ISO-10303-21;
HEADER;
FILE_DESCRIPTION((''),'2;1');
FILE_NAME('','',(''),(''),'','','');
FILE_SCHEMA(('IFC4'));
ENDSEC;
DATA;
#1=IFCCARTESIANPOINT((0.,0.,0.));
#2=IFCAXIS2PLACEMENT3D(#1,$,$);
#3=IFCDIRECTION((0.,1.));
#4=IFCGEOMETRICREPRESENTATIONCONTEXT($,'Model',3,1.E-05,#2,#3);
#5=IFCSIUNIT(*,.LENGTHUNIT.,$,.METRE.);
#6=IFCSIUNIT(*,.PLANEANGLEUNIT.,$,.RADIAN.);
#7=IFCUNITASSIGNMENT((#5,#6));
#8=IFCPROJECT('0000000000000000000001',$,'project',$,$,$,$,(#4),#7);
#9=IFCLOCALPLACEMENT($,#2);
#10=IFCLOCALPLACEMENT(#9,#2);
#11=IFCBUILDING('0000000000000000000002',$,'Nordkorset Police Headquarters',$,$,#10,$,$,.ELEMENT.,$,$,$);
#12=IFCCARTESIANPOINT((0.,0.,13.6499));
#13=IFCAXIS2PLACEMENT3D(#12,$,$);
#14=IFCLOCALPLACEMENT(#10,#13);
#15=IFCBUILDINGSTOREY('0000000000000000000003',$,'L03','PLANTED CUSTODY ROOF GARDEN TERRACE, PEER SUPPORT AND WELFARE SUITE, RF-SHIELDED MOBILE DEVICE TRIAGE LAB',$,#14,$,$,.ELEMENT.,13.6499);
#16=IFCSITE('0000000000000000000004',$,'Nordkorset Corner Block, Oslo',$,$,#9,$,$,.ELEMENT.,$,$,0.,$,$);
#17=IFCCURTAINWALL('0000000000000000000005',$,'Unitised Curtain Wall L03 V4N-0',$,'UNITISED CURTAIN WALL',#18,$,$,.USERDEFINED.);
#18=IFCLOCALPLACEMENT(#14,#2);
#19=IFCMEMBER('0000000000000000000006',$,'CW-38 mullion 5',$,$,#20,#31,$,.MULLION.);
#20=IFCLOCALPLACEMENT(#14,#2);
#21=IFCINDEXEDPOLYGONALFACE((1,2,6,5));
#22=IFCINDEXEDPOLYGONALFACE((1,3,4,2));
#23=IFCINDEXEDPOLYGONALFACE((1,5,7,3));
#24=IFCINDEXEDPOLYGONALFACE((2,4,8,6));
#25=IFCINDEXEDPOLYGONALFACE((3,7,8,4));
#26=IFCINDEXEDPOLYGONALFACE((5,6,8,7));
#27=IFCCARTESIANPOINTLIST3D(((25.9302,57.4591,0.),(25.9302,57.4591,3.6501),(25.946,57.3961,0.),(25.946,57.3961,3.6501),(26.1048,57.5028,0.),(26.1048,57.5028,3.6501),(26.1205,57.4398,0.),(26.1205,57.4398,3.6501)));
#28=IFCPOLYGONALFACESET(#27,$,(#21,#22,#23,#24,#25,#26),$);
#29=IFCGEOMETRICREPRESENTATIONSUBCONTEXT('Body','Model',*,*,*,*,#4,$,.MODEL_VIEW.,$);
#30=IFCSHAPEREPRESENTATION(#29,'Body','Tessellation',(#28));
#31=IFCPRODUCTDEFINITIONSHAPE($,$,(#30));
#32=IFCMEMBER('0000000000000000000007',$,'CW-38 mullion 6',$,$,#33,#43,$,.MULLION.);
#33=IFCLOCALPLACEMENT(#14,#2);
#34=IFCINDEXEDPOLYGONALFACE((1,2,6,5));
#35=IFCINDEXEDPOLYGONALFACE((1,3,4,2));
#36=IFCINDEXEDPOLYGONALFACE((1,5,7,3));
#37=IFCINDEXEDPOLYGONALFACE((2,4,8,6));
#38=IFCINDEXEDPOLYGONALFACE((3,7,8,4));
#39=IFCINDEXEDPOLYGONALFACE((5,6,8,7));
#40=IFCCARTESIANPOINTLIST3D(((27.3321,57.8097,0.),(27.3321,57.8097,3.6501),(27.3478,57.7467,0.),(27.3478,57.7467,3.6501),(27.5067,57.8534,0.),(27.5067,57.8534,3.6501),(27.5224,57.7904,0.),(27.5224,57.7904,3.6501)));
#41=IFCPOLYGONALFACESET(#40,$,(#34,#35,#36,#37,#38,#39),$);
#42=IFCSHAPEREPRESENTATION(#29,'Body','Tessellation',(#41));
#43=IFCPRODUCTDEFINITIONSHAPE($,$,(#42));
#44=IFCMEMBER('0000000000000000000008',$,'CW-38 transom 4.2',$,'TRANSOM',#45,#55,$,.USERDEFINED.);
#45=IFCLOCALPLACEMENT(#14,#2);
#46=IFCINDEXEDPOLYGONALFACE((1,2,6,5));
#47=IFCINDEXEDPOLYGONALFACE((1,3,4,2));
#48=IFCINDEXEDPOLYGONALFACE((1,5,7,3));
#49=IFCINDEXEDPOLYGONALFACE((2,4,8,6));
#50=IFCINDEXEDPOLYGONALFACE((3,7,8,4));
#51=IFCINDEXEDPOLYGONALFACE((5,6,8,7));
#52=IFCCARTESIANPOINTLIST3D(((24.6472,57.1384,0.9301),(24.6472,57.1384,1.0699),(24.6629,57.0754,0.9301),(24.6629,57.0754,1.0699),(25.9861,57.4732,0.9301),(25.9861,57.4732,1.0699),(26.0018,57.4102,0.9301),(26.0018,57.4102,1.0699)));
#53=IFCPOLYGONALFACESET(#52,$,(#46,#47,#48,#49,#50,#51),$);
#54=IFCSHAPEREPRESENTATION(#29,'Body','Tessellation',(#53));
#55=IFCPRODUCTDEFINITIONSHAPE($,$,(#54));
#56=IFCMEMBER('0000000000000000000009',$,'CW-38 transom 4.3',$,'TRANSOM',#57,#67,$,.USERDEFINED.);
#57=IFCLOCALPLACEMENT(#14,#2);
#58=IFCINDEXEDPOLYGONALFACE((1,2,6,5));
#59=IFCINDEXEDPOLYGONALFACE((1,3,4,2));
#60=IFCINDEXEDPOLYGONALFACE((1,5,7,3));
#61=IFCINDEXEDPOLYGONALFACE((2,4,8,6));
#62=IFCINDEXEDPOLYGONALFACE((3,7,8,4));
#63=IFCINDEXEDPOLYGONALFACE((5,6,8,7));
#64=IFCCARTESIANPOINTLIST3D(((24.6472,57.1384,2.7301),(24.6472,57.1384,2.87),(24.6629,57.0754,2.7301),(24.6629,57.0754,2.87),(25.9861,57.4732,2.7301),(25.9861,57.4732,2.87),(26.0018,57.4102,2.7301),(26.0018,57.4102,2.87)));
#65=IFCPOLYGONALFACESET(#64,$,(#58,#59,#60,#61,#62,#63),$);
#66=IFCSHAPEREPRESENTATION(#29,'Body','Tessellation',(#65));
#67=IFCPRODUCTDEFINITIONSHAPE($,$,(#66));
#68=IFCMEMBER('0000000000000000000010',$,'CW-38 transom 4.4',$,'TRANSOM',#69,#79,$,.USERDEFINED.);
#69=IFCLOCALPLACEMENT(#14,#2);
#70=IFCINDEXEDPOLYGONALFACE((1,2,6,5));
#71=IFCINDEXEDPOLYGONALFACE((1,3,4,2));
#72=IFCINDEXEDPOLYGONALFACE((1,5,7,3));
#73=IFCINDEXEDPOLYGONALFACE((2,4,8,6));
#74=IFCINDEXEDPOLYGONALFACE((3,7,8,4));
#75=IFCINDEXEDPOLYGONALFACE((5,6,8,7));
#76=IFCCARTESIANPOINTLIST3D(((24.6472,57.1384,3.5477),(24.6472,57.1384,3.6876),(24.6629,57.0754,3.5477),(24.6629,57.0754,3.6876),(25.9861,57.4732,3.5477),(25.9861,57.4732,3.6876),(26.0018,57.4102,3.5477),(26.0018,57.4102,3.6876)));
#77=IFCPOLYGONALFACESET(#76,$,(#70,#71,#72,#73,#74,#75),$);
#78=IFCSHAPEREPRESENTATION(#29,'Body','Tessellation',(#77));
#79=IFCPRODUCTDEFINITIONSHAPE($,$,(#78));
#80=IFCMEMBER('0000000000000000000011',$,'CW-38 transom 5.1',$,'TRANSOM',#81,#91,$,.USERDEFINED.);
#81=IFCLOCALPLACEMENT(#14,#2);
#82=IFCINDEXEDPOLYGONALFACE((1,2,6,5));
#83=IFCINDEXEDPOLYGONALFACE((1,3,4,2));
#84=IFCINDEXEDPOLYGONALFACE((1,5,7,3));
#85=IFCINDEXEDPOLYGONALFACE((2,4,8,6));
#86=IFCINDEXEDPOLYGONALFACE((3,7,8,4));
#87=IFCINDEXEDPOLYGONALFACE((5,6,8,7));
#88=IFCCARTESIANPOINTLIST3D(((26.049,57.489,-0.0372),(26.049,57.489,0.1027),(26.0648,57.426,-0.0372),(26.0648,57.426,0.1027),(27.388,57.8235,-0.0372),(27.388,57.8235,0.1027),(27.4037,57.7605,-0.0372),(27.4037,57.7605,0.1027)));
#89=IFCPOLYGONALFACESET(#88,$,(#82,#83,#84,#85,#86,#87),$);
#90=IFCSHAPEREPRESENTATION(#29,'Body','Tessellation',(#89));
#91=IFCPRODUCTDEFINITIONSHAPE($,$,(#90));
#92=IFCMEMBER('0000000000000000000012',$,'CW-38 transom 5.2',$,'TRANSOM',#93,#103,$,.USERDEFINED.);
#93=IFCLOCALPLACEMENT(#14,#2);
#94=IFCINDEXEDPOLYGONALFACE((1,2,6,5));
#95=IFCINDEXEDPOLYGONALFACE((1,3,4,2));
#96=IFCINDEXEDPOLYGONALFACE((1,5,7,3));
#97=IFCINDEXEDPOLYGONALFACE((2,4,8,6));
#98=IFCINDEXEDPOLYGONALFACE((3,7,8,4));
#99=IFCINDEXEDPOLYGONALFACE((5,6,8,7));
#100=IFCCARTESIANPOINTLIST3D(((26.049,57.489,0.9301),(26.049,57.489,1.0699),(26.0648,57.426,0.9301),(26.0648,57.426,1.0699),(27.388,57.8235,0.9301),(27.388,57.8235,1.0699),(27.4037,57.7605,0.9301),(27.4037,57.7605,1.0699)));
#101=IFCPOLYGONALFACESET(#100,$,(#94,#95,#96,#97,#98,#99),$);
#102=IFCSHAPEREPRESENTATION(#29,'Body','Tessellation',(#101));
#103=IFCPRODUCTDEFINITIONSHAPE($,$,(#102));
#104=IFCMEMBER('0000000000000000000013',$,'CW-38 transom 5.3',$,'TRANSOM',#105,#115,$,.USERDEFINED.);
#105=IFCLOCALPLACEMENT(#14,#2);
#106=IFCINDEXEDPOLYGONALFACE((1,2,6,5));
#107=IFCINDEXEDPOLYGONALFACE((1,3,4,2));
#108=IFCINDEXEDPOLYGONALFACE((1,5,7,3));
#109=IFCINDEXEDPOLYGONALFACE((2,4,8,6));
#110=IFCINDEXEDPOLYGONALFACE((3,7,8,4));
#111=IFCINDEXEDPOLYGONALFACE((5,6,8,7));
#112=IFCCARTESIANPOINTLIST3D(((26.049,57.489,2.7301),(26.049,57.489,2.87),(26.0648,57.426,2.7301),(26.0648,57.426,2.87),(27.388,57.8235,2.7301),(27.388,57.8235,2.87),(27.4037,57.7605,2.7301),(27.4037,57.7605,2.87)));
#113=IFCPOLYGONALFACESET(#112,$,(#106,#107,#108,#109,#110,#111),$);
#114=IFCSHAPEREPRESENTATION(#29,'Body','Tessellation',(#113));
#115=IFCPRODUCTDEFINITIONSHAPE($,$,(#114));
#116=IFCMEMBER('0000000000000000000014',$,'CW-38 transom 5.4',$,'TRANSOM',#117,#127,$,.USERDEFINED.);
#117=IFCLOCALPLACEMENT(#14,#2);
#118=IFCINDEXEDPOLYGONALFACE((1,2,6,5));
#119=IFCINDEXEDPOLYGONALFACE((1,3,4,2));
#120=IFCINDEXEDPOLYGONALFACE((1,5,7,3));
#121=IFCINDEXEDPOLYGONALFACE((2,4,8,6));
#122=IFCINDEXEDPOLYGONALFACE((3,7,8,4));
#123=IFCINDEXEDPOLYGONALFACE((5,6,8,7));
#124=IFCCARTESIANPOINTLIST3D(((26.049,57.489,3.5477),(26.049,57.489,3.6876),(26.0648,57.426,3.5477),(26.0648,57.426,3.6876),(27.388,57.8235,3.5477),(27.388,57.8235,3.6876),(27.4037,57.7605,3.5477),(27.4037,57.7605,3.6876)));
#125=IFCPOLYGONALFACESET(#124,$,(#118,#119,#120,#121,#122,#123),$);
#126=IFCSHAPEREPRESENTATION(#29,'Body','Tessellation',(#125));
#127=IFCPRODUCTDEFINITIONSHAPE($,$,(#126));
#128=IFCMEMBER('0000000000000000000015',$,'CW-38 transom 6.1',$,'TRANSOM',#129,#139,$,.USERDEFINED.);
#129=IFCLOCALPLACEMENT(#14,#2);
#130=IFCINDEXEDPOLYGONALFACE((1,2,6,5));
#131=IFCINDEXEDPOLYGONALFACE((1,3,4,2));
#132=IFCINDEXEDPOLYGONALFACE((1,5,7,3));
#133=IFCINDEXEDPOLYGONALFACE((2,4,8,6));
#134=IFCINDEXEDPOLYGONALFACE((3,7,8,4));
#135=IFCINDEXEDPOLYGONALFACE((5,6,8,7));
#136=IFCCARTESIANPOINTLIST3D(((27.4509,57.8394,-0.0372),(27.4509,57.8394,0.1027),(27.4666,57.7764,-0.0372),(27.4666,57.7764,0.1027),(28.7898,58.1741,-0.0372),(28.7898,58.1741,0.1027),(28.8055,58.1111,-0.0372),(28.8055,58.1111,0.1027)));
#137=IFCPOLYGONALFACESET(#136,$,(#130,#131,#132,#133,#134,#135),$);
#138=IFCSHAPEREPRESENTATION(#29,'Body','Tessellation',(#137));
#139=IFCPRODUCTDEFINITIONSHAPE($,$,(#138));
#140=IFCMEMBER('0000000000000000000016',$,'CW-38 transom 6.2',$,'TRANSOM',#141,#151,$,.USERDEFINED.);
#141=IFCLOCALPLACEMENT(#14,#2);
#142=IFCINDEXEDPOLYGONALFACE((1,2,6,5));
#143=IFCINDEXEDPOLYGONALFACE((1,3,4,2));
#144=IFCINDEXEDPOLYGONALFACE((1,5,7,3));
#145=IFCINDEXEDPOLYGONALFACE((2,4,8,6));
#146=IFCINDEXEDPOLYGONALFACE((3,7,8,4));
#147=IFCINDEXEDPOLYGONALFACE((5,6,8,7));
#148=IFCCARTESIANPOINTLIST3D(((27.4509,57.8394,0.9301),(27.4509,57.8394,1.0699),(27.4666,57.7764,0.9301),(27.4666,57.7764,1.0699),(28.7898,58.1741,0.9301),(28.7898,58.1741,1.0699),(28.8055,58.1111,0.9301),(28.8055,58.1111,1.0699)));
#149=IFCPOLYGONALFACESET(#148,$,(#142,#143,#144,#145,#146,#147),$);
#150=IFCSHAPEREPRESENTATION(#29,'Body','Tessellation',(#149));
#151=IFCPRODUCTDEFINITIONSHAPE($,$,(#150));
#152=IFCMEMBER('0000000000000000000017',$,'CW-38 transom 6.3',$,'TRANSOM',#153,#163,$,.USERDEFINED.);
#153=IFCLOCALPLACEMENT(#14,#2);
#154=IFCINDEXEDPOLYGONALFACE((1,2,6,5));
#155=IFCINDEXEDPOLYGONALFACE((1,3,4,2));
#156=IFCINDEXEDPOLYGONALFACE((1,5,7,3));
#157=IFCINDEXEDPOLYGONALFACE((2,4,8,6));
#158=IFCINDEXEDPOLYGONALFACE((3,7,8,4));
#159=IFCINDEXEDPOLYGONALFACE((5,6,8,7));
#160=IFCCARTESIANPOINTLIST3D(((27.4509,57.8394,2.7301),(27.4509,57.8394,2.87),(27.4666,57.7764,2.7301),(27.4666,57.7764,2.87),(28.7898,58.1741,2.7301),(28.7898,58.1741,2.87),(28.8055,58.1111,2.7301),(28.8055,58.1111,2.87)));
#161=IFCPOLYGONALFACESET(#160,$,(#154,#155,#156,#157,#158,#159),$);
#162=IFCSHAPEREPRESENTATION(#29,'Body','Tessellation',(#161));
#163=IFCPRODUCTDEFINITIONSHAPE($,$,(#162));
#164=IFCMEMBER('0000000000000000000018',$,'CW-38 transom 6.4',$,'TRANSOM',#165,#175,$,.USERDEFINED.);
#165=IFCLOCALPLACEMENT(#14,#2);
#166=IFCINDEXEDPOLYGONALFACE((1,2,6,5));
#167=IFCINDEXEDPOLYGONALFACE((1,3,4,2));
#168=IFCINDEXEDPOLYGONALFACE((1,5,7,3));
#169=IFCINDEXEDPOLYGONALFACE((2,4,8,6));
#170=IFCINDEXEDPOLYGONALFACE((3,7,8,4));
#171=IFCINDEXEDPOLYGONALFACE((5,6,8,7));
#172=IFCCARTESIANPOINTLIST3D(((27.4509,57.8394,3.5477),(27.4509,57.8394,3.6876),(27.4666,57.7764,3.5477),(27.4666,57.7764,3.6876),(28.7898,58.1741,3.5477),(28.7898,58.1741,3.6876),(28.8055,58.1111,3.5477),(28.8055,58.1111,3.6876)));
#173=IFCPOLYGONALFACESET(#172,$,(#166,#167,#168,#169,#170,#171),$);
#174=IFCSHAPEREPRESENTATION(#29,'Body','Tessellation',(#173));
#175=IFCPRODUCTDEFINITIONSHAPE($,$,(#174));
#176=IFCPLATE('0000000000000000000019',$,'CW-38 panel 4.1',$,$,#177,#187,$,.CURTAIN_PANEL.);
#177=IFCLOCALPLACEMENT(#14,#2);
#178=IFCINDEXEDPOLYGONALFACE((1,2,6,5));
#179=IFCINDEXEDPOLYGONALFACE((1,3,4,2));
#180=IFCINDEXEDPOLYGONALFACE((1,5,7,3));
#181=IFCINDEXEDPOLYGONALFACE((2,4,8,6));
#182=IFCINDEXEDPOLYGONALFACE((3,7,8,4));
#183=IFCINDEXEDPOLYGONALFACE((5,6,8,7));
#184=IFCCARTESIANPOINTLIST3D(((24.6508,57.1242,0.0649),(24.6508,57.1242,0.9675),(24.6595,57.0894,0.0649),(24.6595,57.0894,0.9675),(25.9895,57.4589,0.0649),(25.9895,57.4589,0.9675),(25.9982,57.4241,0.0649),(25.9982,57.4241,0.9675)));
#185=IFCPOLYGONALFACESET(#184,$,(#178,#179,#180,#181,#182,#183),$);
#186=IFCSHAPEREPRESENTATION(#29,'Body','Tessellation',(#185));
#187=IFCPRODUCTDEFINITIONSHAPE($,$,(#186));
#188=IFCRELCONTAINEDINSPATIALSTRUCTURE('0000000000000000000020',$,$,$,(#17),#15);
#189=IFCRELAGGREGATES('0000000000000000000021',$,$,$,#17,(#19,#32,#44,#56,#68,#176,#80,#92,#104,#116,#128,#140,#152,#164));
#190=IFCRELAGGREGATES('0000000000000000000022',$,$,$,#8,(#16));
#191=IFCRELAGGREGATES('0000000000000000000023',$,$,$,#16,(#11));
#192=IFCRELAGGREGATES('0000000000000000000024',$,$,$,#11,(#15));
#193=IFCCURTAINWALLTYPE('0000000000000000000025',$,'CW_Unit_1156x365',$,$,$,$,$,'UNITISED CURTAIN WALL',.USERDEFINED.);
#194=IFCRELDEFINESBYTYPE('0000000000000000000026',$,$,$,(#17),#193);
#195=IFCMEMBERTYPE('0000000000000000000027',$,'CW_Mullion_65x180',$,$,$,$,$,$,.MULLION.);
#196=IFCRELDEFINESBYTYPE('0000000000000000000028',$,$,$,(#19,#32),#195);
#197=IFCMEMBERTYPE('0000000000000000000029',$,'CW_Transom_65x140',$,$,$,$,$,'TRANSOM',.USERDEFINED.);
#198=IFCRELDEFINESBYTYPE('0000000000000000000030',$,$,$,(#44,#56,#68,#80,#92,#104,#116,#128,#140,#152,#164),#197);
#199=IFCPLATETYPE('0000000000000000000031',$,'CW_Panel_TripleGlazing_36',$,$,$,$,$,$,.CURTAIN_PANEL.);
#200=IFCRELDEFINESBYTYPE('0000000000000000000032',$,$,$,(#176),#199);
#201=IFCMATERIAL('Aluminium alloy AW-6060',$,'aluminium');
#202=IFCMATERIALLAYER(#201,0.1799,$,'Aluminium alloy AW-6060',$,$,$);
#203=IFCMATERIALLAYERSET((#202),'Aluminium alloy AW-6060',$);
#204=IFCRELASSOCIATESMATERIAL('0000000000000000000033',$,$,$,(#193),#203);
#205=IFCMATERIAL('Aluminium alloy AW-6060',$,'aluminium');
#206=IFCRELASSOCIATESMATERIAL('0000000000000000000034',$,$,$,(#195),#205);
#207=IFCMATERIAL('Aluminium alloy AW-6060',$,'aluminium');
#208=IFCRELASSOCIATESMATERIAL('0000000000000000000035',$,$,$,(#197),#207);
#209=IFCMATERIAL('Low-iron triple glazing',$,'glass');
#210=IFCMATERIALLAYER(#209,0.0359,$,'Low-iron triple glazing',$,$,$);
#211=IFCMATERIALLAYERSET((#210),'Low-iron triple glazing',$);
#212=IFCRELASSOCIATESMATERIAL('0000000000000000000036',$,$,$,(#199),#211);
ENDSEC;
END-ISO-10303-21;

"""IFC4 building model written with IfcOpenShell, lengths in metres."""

from ifc_helpers import new_model, si_unit, direction, frame, origin, origin_2d, place, context, subcontext, project, spatial, rectangle, extrude, material, layer, layer_set, material_profile, profile_set, type_object, element, aggregate, save


model = new_model("IFC4")

# Units and contexts
model_context = context("Model", 3, precision=1e-05, world=origin(), true_north=direction((0.0, 1.0)))
body_context = subcontext(model_context, "Body", "Model", "MODEL_VIEW")
ifc_project = project(units=[si_unit("LENGTHUNIT", "METRE"), si_unit("PLANEANGLEUNIT", "RADIAN")], contexts=[model_context])

# Site, building, storey
site_placement = place(None, origin())
site = spatial("IfcSite", under=ifc_project, at=site_placement, Name="Nordkorset Corner Block, Oslo", CompositionType="ELEMENT", RefElevation=0.0)
building_placement = place(site_placement, origin())
building = spatial("IfcBuilding", under=site, at=building_placement, Name="Nordkorset Police Headquarters", CompositionType="ELEMENT")
storey_placement = place(building_placement, frame((0.0, 0.0, 13.6499)))
storey = spatial("IfcBuildingStorey", under=building, at=storey_placement, Name="L03", Description="PLANTED CUSTODY ROOF GARDEN TERRACE, PEER SUPPORT AND WELFARE SUITE, RF-SHIELDED MOBILE DEVICE TRIAGE LAB", CompositionType="ELEMENT", Elevation=13.6499)

# Curtain wall, members, plate
ifc_material_1 = material(Name="Aluminium alloy AW-6060", Category="aluminium")
ifc_layer_1 = layer(ifc_material_1, 0.1799, Name="Aluminium alloy AW-6060")
ifc_layer_set_1 = layer_set([ifc_layer_1], Name="Aluminium alloy AW-6060")
curtain_wall_type = type_object("IfcCurtainWallType", Name="CW_Unit_1156x365", ElementType="UNITISED CURTAIN WALL", PredefinedType="USERDEFINED", material=ifc_layer_set_1)
curtain_wall_placement = place(storey_placement, origin())
curtain_wall = element("IfcCurtainWall", 1, at=curtain_wall_placement, inside=storey, type_object=curtain_wall_type, Name="Unitised Curtain Wall L03 V4N-0", ObjectType="UNITISED CURTAIN WALL", PredefinedType="USERDEFINED")
ifc_material_2 = material(Name="Aluminium alloy AW-6060", Category="aluminium")
ifc_material_profile_1 = material_profile(ifc_material_2, rectangle(XDim=0.0649, YDim=0.1799, at=origin_2d()), Name="ALU MULL 65x180")
ifc_profile_set_1 = profile_set([ifc_material_profile_1], Name="Aluminium alloy AW-6060")
member_type_1 = type_object("IfcMemberType", Name="CW_Mullion_65x180", PredefinedType="MULLION", material=ifc_profile_set_1)
member_1_placement = place(storey_placement, frame((26.0254, 57.4495, 0.0), z_axis=(0.0, 0.0, 1.0), x_axis=(-0.242536, 0.970142, 0.0)))
member_1 = element("IfcMember", 2, at=member_1_placement, type_object=member_type_1, Name="CW-38 mullion 5", PredefinedType="MULLION", context=body_context, shape_type="SweptSolid", body=[
    extrude(rectangle(XDim=0.0649, YDim=0.1799, at=origin_2d()), origin(), (0.0, 0.0, 1.0), 3.6501),
])
member_2_placement = place(storey_placement, frame((27.4272, 57.8, 0.0), z_axis=(0.0, 0.0, 1.0), x_axis=(-0.242536, 0.970142, 0.0)))
member_2 = element("IfcMember", 3, at=member_2_placement, type_object=member_type_1, Name="CW-38 mullion 6", PredefinedType="MULLION", context=body_context, shape_type="SweptSolid", body=[
    extrude(rectangle(XDim=0.0649, YDim=0.1799, at=origin_2d()), origin(), (0.0, 0.0, 1.0), 3.6501),
])
ifc_material_3 = material(Name="Aluminium alloy AW-6060", Category="aluminium")
ifc_material_profile_2 = material_profile(ifc_material_3, rectangle(XDim=0.0649, YDim=0.1399, at=origin_2d()), Name="ALU TRAN 65x140")
ifc_profile_set_2 = profile_set([ifc_material_profile_2], Name="Aluminium alloy AW-6060")
member_type_2 = type_object("IfcMemberType", Name="CW_Transom_65x140", ElementType="TRANSOM", PredefinedType="USERDEFINED", material=ifc_profile_set_2)
member_3_placement = place(storey_placement, frame((24.655, 57.1069, 1.0), z_axis=(0.970143, 0.242536, 0.0), x_axis=(-0.242536, 0.970143, 0.0)))
member_3 = element("IfcMember", 4, at=member_3_placement, type_object=member_type_2, Name="CW-38 transom 4.2", ObjectType="TRANSOM", PredefinedType="USERDEFINED", context=body_context, shape_type="SweptSolid", body=[
    extrude(rectangle(XDim=0.0649, YDim=0.1399, at=origin_2d()), origin(), (0.0, 0.0, 1.0), 1.3801),
])
member_4_placement = place(storey_placement, frame((24.655, 57.1069, 2.8), z_axis=(0.970143, 0.242536, 0.0), x_axis=(-0.242536, 0.970143, 0.0)))
member_4 = element("IfcMember", 5, at=member_4_placement, type_object=member_type_2, Name="CW-38 transom 4.3", ObjectType="TRANSOM", PredefinedType="USERDEFINED", context=body_context, shape_type="SweptSolid", body=[
    extrude(rectangle(XDim=0.0649, YDim=0.1399, at=origin_2d()), origin(), (0.0, 0.0, 1.0), 1.3801),
])
member_5_placement = place(storey_placement, frame((24.655, 57.1069, 3.6177), z_axis=(0.970143, 0.242536, 0.0), x_axis=(-0.242536, 0.970143, 0.0)))
member_5 = element("IfcMember", 6, at=member_5_placement, type_object=member_type_2, Name="CW-38 transom 4.4", ObjectType="TRANSOM", PredefinedType="USERDEFINED", context=body_context, shape_type="SweptSolid", body=[
    extrude(rectangle(XDim=0.0649, YDim=0.1399, at=origin_2d()), origin(), (0.0, 0.0, 1.0), 1.3801),
])
member_6_placement = place(storey_placement, frame((26.0569, 57.4575, 0.0327), z_axis=(0.970184, 0.242369, 0.0), x_axis=(-0.242369, 0.970184, 0.0)))
member_6 = element("IfcMember", 7, at=member_6_placement, type_object=member_type_2, Name="CW-38 transom 5.1", ObjectType="TRANSOM", PredefinedType="USERDEFINED", context=body_context, shape_type="SweptSolid", body=[
    extrude(rectangle(XDim=0.0649, YDim=0.1399, at=origin_2d()), origin(), (0.0, 0.0, 1.0), 1.3801),
])
member_7_placement = place(storey_placement, frame((26.0569, 57.4575, 1.0), z_axis=(0.970184, 0.242369, 0.0), x_axis=(-0.242369, 0.970184, 0.0)))
member_7 = element("IfcMember", 8, at=member_7_placement, type_object=member_type_2, Name="CW-38 transom 5.2", ObjectType="TRANSOM", PredefinedType="USERDEFINED", context=body_context, shape_type="SweptSolid", body=[
    extrude(rectangle(XDim=0.0649, YDim=0.1399, at=origin_2d()), origin(), (0.0, 0.0, 1.0), 1.3801),
])
member_8_placement = place(storey_placement, frame((26.0569, 57.4575, 2.8), z_axis=(0.970184, 0.242369, 0.0), x_axis=(-0.242369, 0.970184, 0.0)))
member_8 = element("IfcMember", 9, at=member_8_placement, type_object=member_type_2, Name="CW-38 transom 5.3", ObjectType="TRANSOM", PredefinedType="USERDEFINED", context=body_context, shape_type="SweptSolid", body=[
    extrude(rectangle(XDim=0.0649, YDim=0.1399, at=origin_2d()), origin(), (0.0, 0.0, 1.0), 1.3801),
])
member_9_placement = place(storey_placement, frame((26.0569, 57.4575, 3.6177), z_axis=(0.970184, 0.242369, 0.0), x_axis=(-0.242369, 0.970184, 0.0)))
member_9 = element("IfcMember", 10, at=member_9_placement, type_object=member_type_2, Name="CW-38 transom 5.4", ObjectType="TRANSOM", PredefinedType="USERDEFINED", context=body_context, shape_type="SweptSolid", body=[
    extrude(rectangle(XDim=0.0649, YDim=0.1399, at=origin_2d()), origin(), (0.0, 0.0, 1.0), 1.3801),
])
member_10_placement = place(storey_placement, frame((27.4587, 57.8079, 0.0327), z_axis=(0.970143, 0.242536, 0.0), x_axis=(-0.242536, 0.970143, 0.0)))
member_10 = element("IfcMember", 11, at=member_10_placement, type_object=member_type_2, Name="CW-38 transom 6.1", ObjectType="TRANSOM", PredefinedType="USERDEFINED", context=body_context, shape_type="SweptSolid", body=[
    extrude(rectangle(XDim=0.0649, YDim=0.1399, at=origin_2d()), origin(), (0.0, 0.0, 1.0), 1.3801),
])
member_11_placement = place(storey_placement, frame((27.4587, 57.8079, 1.0), z_axis=(0.970143, 0.242536, 0.0), x_axis=(-0.242536, 0.970143, 0.0)))
member_11 = element("IfcMember", 12, at=member_11_placement, type_object=member_type_2, Name="CW-38 transom 6.2", ObjectType="TRANSOM", PredefinedType="USERDEFINED", context=body_context, shape_type="SweptSolid", body=[
    extrude(rectangle(XDim=0.0649, YDim=0.1399, at=origin_2d()), origin(), (0.0, 0.0, 1.0), 1.3801),
])
member_12_placement = place(storey_placement, frame((27.4587, 57.8079, 2.8), z_axis=(0.970143, 0.242536, 0.0), x_axis=(-0.242536, 0.970143, 0.0)))
member_12 = element("IfcMember", 13, at=member_12_placement, type_object=member_type_2, Name="CW-38 transom 6.3", ObjectType="TRANSOM", PredefinedType="USERDEFINED", context=body_context, shape_type="SweptSolid", body=[
    extrude(rectangle(XDim=0.0649, YDim=0.1399, at=origin_2d()), origin(), (0.0, 0.0, 1.0), 1.3801),
])
member_13_placement = place(storey_placement, frame((27.4587, 57.8079, 3.6177), z_axis=(0.970143, 0.242536, 0.0), x_axis=(-0.242536, 0.970143, 0.0)))
member_13 = element("IfcMember", 14, at=member_13_placement, type_object=member_type_2, Name="CW-38 transom 6.4", ObjectType="TRANSOM", PredefinedType="USERDEFINED", context=body_context, shape_type="SweptSolid", body=[
    extrude(rectangle(XDim=0.0649, YDim=0.1399, at=origin_2d()), origin(), (0.0, 0.0, 1.0), 1.3801),
])
ifc_material_4 = material(Name="Low-iron triple glazing", Category="glass")
ifc_layer_2 = layer(ifc_material_4, 0.0359, Name="Low-iron triple glazing")
ifc_layer_set_2 = layer_set([ifc_layer_2], Name="Low-iron triple glazing")
plate_type = type_object("IfcPlateType", Name="CW_Panel_TripleGlazing_36", PredefinedType="CURTAIN_PANEL", material=ifc_layer_set_2)
plate_1_placement = place(storey_placement, frame((25.3245, 57.2742, 0.0649), z_axis=(0.0, 0.0, 1.0), x_axis=(0.970142, 0.242536, 0.0)))
plate_1 = element("IfcPlate", 15, at=plate_1_placement, type_object=plate_type, Name="CW-38 panel 4.1", PredefinedType="CURTAIN_PANEL", context=body_context, shape_type="SweptSolid", body=[
    extrude(rectangle(XDim=1.3799, YDim=0.0359, at=origin_2d()), origin(), (0.0, 0.0, 1.0), 0.9026),
])
aggregate(curtain_wall, [member_1, member_2, member_3, member_4, member_5, plate_1, member_6, member_7, member_8, member_9, member_10, member_11, member_12, member_13])

save(model, "model.ifc")
